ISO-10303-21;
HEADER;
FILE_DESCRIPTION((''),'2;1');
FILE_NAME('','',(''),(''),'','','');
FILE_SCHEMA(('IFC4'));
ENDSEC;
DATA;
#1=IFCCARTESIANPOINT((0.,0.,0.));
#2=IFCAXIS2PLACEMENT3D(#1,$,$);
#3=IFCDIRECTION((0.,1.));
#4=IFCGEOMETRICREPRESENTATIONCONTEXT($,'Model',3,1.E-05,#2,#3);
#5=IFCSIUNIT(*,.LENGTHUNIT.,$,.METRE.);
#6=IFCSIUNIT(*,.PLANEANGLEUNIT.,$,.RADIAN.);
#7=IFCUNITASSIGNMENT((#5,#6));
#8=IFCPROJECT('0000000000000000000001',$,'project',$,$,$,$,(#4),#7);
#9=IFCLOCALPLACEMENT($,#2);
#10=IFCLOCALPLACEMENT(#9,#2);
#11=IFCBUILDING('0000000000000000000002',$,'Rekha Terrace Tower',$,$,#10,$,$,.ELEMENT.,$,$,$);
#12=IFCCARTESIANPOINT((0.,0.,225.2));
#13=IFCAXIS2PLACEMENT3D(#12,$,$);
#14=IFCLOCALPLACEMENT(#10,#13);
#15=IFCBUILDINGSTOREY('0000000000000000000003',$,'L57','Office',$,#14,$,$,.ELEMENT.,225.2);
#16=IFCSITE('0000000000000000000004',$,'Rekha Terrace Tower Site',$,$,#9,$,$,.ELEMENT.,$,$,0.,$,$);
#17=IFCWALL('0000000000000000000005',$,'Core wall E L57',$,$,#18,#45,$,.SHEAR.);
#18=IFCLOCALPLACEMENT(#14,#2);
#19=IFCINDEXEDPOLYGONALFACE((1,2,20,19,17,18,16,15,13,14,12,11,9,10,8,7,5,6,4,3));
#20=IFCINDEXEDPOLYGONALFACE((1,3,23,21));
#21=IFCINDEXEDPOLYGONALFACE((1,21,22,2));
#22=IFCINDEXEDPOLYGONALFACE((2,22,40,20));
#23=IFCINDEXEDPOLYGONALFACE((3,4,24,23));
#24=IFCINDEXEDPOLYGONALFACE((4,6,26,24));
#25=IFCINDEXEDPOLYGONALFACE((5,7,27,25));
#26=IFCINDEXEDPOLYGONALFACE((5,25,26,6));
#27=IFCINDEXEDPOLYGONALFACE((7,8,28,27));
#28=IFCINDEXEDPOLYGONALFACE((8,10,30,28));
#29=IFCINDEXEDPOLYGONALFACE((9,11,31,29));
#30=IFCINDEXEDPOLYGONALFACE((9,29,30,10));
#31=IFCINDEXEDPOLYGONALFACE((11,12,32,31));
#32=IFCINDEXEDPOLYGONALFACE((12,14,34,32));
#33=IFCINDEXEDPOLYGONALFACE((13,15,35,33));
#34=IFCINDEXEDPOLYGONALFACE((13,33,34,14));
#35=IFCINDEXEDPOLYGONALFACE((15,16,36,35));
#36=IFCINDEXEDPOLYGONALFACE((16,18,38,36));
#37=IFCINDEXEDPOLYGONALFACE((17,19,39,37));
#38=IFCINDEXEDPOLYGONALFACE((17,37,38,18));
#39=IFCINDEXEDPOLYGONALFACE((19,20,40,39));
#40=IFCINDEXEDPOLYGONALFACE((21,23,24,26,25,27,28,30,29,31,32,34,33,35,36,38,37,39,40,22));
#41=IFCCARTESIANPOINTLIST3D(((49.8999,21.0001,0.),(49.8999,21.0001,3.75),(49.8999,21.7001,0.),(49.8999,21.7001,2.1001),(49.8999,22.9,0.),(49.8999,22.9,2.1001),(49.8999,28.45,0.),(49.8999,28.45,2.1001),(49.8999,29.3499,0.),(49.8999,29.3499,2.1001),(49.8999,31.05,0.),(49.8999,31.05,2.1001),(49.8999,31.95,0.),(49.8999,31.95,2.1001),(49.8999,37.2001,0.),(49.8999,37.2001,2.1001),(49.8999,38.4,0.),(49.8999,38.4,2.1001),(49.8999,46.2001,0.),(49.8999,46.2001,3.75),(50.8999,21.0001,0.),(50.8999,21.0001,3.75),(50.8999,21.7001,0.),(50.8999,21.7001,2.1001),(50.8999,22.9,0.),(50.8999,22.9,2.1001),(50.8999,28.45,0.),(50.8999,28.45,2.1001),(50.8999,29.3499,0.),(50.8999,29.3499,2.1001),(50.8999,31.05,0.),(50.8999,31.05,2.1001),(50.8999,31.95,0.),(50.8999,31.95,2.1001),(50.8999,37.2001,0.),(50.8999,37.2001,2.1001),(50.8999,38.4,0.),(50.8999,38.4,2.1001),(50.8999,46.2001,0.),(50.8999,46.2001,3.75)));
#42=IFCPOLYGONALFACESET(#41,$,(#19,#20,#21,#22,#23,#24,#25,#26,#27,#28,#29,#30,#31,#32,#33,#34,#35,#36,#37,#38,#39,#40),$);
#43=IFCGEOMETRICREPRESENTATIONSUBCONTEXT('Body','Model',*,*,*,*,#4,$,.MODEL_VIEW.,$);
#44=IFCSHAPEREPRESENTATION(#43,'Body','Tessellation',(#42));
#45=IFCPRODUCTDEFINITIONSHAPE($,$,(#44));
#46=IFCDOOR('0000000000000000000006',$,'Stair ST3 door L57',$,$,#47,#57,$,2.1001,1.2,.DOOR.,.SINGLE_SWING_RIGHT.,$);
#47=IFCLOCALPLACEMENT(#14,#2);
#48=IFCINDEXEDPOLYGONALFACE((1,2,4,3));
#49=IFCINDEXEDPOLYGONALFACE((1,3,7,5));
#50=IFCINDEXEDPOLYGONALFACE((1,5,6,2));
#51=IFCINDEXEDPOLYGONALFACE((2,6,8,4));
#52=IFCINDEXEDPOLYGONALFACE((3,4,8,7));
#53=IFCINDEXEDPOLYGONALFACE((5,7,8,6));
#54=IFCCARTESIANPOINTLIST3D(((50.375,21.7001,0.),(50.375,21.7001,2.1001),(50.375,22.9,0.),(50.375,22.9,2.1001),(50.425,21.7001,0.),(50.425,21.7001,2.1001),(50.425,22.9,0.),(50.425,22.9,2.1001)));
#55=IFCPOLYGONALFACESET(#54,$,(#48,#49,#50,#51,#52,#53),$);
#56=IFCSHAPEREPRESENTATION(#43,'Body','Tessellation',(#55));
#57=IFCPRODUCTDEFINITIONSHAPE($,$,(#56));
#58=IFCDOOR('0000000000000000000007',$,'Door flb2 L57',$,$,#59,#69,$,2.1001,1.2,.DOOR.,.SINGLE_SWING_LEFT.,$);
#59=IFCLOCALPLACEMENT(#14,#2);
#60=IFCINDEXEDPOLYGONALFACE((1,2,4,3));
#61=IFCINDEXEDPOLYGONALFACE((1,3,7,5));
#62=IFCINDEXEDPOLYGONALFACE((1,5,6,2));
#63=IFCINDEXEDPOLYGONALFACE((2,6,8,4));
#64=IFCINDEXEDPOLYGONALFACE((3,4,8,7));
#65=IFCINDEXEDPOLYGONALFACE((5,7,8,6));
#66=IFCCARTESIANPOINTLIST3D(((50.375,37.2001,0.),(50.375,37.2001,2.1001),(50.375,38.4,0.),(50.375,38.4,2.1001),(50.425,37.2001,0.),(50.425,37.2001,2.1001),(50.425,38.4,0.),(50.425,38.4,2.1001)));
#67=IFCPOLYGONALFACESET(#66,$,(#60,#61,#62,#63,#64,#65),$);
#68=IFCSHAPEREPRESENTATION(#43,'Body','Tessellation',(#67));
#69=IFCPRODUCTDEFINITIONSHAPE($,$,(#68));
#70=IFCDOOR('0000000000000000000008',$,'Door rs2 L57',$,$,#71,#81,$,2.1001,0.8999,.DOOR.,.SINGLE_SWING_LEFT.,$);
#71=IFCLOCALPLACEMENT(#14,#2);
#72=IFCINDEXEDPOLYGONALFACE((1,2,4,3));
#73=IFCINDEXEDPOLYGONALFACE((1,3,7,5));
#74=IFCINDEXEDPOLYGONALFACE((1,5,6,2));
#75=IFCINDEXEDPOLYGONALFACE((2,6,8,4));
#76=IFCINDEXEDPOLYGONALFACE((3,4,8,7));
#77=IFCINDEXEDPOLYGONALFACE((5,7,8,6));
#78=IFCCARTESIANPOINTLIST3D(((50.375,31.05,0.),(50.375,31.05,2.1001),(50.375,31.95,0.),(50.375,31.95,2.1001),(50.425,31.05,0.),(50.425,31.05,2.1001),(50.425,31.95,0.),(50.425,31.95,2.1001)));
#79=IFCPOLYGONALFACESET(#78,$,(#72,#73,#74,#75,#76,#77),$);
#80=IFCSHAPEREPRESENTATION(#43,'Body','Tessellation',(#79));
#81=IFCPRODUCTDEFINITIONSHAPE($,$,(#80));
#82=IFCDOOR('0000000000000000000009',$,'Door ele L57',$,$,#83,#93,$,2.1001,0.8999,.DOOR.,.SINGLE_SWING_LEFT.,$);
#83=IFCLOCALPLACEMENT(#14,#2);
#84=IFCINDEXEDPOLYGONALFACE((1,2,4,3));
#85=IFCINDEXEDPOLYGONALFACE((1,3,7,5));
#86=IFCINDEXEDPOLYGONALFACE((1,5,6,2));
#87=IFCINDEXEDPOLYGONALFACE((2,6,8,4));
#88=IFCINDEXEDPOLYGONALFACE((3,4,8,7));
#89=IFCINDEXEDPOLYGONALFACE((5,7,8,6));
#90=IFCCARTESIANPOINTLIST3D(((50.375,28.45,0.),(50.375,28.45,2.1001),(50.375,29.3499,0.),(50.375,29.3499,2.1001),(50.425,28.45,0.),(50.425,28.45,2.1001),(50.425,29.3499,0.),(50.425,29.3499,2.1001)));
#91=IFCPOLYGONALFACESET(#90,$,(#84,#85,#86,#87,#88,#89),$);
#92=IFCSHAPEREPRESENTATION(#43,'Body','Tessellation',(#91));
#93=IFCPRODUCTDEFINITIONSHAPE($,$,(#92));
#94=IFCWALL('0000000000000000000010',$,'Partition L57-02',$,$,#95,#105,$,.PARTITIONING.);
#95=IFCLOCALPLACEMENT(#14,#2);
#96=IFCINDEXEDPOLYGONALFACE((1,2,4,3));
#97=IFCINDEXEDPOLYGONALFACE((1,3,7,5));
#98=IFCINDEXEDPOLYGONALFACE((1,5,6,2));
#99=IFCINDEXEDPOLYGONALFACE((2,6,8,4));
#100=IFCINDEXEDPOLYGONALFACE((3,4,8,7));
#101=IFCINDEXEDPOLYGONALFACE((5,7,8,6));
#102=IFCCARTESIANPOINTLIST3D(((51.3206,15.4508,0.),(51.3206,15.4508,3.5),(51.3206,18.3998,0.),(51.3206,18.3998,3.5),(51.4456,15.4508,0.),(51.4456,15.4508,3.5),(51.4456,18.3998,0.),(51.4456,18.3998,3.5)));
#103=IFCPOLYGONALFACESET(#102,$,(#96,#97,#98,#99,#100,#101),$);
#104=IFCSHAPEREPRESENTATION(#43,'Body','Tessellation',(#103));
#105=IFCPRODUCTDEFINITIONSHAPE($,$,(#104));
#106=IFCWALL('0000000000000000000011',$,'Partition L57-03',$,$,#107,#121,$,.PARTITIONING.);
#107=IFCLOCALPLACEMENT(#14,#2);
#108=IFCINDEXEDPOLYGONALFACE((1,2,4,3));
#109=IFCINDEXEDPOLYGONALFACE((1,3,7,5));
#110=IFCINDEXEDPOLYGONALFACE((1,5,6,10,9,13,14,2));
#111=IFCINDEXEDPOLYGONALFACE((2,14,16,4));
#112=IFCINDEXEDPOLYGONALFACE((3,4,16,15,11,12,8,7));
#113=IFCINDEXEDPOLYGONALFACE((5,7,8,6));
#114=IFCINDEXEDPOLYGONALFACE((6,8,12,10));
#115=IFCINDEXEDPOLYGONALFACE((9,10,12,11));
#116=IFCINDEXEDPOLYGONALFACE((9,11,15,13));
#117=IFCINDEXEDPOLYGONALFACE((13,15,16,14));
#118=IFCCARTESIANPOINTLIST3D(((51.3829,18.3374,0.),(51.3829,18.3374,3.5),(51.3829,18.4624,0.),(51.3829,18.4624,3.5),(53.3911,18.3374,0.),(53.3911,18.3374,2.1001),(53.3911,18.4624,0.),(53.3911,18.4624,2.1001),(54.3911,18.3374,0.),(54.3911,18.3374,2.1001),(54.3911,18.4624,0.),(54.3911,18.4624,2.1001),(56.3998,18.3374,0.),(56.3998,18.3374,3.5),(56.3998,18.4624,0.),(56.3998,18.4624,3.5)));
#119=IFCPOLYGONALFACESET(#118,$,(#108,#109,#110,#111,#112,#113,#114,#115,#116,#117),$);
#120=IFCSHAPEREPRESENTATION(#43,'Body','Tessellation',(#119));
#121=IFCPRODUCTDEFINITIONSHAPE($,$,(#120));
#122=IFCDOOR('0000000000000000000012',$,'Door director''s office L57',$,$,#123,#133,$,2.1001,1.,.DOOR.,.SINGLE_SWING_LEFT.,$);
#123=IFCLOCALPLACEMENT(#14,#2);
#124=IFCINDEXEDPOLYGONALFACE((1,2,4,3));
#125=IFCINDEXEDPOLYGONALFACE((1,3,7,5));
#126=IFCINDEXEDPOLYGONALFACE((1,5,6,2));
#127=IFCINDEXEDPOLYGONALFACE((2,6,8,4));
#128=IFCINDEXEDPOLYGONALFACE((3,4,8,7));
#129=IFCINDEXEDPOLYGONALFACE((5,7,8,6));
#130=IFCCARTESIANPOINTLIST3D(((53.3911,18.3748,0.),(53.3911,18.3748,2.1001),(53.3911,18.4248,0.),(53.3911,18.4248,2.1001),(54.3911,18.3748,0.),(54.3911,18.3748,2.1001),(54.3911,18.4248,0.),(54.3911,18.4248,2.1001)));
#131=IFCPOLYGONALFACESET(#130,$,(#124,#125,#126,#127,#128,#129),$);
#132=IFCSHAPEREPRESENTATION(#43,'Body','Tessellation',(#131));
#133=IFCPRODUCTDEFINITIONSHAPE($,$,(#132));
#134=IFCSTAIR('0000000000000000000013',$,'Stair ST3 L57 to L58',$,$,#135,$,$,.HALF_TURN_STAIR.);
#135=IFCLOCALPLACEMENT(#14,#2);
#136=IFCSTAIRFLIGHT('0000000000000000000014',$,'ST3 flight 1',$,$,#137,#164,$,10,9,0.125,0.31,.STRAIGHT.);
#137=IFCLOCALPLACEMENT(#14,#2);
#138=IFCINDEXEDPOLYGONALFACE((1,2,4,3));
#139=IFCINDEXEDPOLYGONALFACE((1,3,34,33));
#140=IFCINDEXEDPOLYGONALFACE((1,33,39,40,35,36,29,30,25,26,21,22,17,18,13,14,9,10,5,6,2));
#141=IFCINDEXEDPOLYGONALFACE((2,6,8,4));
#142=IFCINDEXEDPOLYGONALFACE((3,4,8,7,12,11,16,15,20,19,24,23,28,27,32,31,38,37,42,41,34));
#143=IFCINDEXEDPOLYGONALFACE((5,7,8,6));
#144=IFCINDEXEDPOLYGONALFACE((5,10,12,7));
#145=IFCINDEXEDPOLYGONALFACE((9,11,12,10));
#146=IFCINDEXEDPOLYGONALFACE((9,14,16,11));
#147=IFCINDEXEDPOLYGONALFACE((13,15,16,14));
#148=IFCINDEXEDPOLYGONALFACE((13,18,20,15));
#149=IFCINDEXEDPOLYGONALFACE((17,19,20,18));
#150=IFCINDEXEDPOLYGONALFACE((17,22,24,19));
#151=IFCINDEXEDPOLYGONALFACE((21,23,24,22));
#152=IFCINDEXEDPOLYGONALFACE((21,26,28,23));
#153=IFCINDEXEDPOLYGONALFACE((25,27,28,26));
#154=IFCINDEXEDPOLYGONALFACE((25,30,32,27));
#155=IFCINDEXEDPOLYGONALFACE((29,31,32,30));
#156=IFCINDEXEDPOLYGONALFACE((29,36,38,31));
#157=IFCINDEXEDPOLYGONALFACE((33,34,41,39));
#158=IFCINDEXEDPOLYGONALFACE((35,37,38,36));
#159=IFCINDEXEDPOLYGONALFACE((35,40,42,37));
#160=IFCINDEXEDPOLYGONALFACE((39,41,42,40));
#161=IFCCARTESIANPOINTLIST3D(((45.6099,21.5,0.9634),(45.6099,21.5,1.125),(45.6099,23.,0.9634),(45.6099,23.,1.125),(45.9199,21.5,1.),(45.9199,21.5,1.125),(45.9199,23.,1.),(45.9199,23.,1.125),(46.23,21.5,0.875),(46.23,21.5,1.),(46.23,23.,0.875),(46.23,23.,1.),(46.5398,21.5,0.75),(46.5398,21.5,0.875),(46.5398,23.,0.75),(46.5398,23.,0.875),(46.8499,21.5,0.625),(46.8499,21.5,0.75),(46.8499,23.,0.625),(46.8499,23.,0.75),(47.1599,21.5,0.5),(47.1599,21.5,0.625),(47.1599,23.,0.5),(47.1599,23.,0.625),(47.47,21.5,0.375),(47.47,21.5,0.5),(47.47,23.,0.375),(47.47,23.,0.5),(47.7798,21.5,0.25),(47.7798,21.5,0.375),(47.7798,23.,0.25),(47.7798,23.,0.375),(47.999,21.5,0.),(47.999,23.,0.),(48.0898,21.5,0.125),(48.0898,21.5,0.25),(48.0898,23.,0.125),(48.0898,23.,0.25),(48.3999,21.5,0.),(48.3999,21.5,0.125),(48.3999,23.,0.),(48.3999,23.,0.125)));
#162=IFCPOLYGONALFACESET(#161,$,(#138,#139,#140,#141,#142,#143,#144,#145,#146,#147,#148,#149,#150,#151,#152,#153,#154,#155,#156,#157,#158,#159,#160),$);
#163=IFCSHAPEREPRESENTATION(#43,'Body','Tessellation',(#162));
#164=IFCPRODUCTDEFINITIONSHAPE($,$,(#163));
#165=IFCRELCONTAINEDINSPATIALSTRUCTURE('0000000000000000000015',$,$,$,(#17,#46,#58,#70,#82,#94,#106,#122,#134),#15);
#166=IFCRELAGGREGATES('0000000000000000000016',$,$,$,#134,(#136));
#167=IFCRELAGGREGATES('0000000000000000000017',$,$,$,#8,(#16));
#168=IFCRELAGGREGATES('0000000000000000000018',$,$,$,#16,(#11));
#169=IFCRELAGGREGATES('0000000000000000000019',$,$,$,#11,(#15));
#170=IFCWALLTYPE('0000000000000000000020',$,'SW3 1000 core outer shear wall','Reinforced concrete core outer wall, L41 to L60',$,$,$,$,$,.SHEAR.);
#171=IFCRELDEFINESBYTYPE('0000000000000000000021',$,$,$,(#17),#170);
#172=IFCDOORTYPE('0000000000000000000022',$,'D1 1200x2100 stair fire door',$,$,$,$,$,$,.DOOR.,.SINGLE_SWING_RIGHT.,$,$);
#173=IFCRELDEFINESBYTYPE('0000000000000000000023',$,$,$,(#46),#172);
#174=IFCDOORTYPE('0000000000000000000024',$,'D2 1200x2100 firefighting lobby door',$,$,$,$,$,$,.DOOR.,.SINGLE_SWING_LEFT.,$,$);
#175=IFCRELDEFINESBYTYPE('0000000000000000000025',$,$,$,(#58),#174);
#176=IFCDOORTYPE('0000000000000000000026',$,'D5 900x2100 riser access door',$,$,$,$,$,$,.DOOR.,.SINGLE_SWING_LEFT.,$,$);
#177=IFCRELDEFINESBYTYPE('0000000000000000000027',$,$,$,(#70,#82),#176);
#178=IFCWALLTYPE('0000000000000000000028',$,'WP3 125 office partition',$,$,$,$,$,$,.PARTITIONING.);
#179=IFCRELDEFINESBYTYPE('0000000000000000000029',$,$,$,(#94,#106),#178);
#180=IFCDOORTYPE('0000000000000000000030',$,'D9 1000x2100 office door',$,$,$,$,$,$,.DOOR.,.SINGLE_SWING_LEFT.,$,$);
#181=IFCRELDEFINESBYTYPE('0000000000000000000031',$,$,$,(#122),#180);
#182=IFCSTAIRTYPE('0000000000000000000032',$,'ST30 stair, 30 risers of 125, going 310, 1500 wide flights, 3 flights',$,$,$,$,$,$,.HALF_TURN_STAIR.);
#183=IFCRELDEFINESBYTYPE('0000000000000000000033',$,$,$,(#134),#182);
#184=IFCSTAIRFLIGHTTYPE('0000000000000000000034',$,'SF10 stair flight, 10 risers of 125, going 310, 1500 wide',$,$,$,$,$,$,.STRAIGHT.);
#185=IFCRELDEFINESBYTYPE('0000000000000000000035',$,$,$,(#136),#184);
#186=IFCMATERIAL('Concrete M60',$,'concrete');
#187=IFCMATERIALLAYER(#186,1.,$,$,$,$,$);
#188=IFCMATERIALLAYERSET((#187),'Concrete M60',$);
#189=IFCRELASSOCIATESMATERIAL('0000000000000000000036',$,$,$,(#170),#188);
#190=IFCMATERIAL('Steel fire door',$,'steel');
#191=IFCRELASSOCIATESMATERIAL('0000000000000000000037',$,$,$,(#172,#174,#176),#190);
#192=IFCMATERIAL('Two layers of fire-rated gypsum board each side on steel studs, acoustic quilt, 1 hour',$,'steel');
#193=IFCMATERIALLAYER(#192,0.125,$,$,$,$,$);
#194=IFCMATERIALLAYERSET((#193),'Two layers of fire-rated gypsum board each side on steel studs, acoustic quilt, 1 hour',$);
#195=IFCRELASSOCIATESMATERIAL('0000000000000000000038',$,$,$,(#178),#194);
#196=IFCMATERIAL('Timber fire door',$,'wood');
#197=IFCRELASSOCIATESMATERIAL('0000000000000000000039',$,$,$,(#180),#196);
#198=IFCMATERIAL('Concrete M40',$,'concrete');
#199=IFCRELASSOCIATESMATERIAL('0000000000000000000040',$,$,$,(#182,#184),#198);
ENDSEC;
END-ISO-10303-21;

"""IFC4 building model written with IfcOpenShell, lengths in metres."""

from ifc_helpers import new_model, si_unit, direction, frame, frame_2d, origin, place, context, subcontext, project, spatial, polyline, rectangle, outline, extrude, material, layer, layer_set, type_object, element, fill, aggregate, save


model = new_model("IFC4")

# Units and contexts
model_context = context("Model", 3, precision=1e-05, world=origin(), true_north=direction((0.0, 1.0)))
body_context = subcontext(model_context, "Body", "Model", "MODEL_VIEW")
ifc_project = project(units=[si_unit("LENGTHUNIT", "METRE"), si_unit("PLANEANGLEUNIT", "RADIAN")], contexts=[model_context])

# Site, building, storey
site_placement = place(None, origin())
site = spatial("IfcSite", under=ifc_project, at=site_placement, Name="Rekha Terrace Tower Site", CompositionType="ELEMENT", RefElevation=0.0)
building_placement = place(site_placement, origin())
building = spatial("IfcBuilding", under=site, at=building_placement, Name="Rekha Terrace Tower", CompositionType="ELEMENT")
storey_placement = place(building_placement, frame((0.0, 0.0, 225.2)))
storey = spatial("IfcBuildingStorey", under=building, at=storey_placement, Name="L57", Description="Office", CompositionType="ELEMENT", Elevation=225.2)

# Shared definitions
ifc_material_1 = material(Name="Concrete M60", Category="concrete")

# Wall, openings, doors
ifc_layer_1 = layer(ifc_material_1, 1.0)
ifc_layer_set_1 = layer_set([ifc_layer_1], Name="Concrete M60")
wall_type_1 = type_object("IfcWallType", Name="SW3 1000 core outer shear wall", Description="Reinforced concrete core outer wall, L41 to L60", PredefinedType="SHEAR", material=ifc_layer_set_1)
wall_1_placement = place(storey_placement, frame((50.3999, 21.0, 0.0), z_axis=(0.0, 0.0, 1.0), x_axis=(0.0, 1.0, 0.0)))
wall_1 = element("IfcWall", 1, at=wall_1_placement, inside=storey, type_object=wall_type_1, Name="Core wall E L57", PredefinedType="SHEAR", context=body_context, shape_type="SweptSolid", body=[
    extrude(rectangle(XDim=25.2, YDim=1.0, at=frame_2d((12.6001, 0.0))), origin(), (0.0, 0.0, 1.0), 3.75),
])
opening_1_placement = place(wall_1_placement, frame((16.2, 0.0, 0.0)))
opening_1 = element("IfcOpeningElement", 2, at=opening_1_placement, cuts=wall_1, PredefinedType="OPENING", context=body_context, shape_type="SweptSolid", body=[
    extrude(rectangle(XDim=1.2, YDim=2.1001, at=frame_2d((0.6001, 1.05))), frame((0.0, 0.51, 0.0), z_axis=(0.0, -1.0, 0.0), x_axis=(1.0, 0.0, 0.0)), (0.0, 0.0, 1.0), 1.02),
])
opening_2_placement = place(wall_1_placement, frame((10.05, 0.0, 0.0)))
opening_2 = element("IfcOpeningElement", 3, at=opening_2_placement, cuts=wall_1, PredefinedType="OPENING", context=body_context, shape_type="SweptSolid", body=[
    extrude(rectangle(XDim=0.8999, YDim=2.1001, at=frame_2d((0.45, 1.05))), frame((0.0, 0.51, 0.0), z_axis=(0.0, -1.0, 0.0), x_axis=(1.0, 0.0, 0.0)), (0.0, 0.0, 1.0), 1.02),
])
opening_3_placement = place(wall_1_placement, frame((7.45, 0.0, 0.0)))
opening_3 = element("IfcOpeningElement", 4, at=opening_3_placement, cuts=wall_1, PredefinedType="OPENING", context=body_context, shape_type="SweptSolid", body=[
    extrude(rectangle(XDim=0.8999, YDim=2.1001, at=frame_2d((0.45, 1.05))), frame((0.0, 0.51, 0.0), z_axis=(0.0, -1.0, 0.0), x_axis=(1.0, 0.0, 0.0)), (0.0, 0.0, 1.0), 1.02),
])
opening_4_placement = place(wall_1_placement, frame((0.7, 0.0, 0.0)))
opening_4 = element("IfcOpeningElement", 5, at=opening_4_placement, cuts=wall_1, PredefinedType="OPENING", context=body_context, shape_type="SweptSolid", body=[
    extrude(rectangle(XDim=1.2, YDim=2.1001, at=frame_2d((0.6001, 1.05))), frame((0.0, 0.51, 0.0), z_axis=(0.0, -1.0, 0.0), x_axis=(1.0, 0.0, 0.0)), (0.0, 0.0, 1.0), 1.02),
])
ifc_material_2 = material(Name="Steel fire door", Category="steel")
door_type_1 = type_object("IfcDoorType", Name="D1 1200x2100 stair fire door", OperationType="SINGLE_SWING_RIGHT", PredefinedType="DOOR", material=ifc_material_2)
door_1_placement = place(opening_4_placement, origin())
door_1 = element("IfcDoor", 6, at=door_1_placement, inside=storey, type_object=door_type_1, Name="Stair ST3 door L57", OperationType="SINGLE_SWING_RIGHT", OverallHeight=2.1001, OverallWidth=1.2, PredefinedType="DOOR", context=body_context, shape_type="SweptSolid", body=[
    extrude(rectangle(XDim=1.2, YDim=2.1001, at=frame_2d((0.6001, 1.05))), frame((0.0, 0.0249, 0.0), z_axis=(0.0, -1.0, 0.0), x_axis=(1.0, 0.0, 0.0)), (0.0, 0.0, 1.0), 0.05),
])
fill(opening_4, door_1)
door_type_2 = type_object("IfcDoorType", Name="D2 1200x2100 firefighting lobby door", OperationType="SINGLE_SWING_LEFT", PredefinedType="DOOR", material=ifc_material_2)
door_2_placement = place(opening_1_placement, origin())
door_2 = element("IfcDoor", 7, at=door_2_placement, inside=storey, type_object=door_type_2, Name="Door flb2 L57", OperationType="SINGLE_SWING_LEFT", OverallHeight=2.1001, OverallWidth=1.2, PredefinedType="DOOR", context=body_context, shape_type="SweptSolid", body=[
    extrude(rectangle(XDim=1.2, YDim=2.1001, at=frame_2d((0.6001, 1.05))), frame((0.0, 0.0249, 0.0), z_axis=(0.0, -1.0, 0.0), x_axis=(1.0, 0.0, 0.0)), (0.0, 0.0, 1.0), 0.05),
])
fill(opening_1, door_2)
door_type_3 = type_object("IfcDoorType", Name="D5 900x2100 riser access door", OperationType="SINGLE_SWING_LEFT", PredefinedType="DOOR", material=ifc_material_2)
door_3_placement = place(opening_2_placement, origin())
door_3 = element("IfcDoor", 8, at=door_3_placement, inside=storey, type_object=door_type_3, Name="Door rs2 L57", OperationType="SINGLE_SWING_LEFT", OverallHeight=2.1001, OverallWidth=0.8999, PredefinedType="DOOR", context=body_context, shape_type="SweptSolid", body=[
    extrude(rectangle(XDim=0.8999, YDim=2.1001, at=frame_2d((0.45, 1.05))), frame((0.0, 0.0249, 0.0), z_axis=(0.0, -1.0, 0.0), x_axis=(1.0, 0.0, 0.0)), (0.0, 0.0, 1.0), 0.05),
])
fill(opening_2, door_3)
door_4_placement = place(opening_3_placement, origin())
door_4 = element("IfcDoor", 9, at=door_4_placement, inside=storey, type_object=door_type_3, Name="Door ele L57", OperationType="SINGLE_SWING_LEFT", OverallHeight=2.1001, OverallWidth=0.8999, PredefinedType="DOOR", context=body_context, shape_type="SweptSolid", body=[
    extrude(rectangle(XDim=0.8999, YDim=2.1001, at=frame_2d((0.45, 1.05))), frame((0.0, 0.0249, 0.0), z_axis=(0.0, -1.0, 0.0), x_axis=(1.0, 0.0, 0.0)), (0.0, 0.0, 1.0), 0.05),
])
fill(opening_3, door_4)

# Wall
ifc_material_3 = material(Name="Two layers of fire-rated gypsum board each side on steel studs, acoustic quilt, 1 hour", Category="steel")
ifc_layer_2 = layer(ifc_material_3, 0.125)
ifc_layer_set_2 = layer_set([ifc_layer_2], Name="Two layers of fire-rated gypsum board each side on steel studs, acoustic quilt, 1 hour")
wall_type_2 = type_object("IfcWallType", Name="WP3 125 office partition", PredefinedType="PARTITIONING", material=ifc_layer_set_2)
wall_2_placement = place(storey_placement, frame((51.3831, 18.3999, 0.0), z_axis=(0.0, 0.0, 1.0), x_axis=(0.0, -1.0, 0.0)))
element("IfcWall", 10, at=wall_2_placement, inside=storey, type_object=wall_type_2, Name="Partition L57-02", PredefinedType="PARTITIONING", context=body_context, shape_type="SweptSolid", body=[
    extrude(rectangle(XDim=2.949, YDim=0.125, at=frame_2d((1.4746, 0.0))), origin(), (0.0, 0.0, 1.0), 3.5),
])

# Wall, opening, door
wall_3_placement = place(storey_placement, frame((51.3831, 18.3999, 0.0), z_axis=(0.0, 0.0, 1.0), x_axis=(1.0, 0.0, 0.0)))
wall_3 = element("IfcWall", 11, at=wall_3_placement, inside=storey, type_object=wall_type_2, Name="Partition L57-03", PredefinedType="PARTITIONING", context=body_context, shape_type="SweptSolid", body=[
    extrude(rectangle(XDim=5.0168, YDim=0.125, at=frame_2d((2.5083, 0.0))), origin(), (0.0, 0.0, 1.0), 3.5),
])
opening_5_placement = place(wall_3_placement, frame((2.0081, 0.0, 0.0)))
opening_5 = element("IfcOpeningElement", 12, at=opening_5_placement, cuts=wall_3, PredefinedType="OPENING", context=body_context, shape_type="SweptSolid", body=[
    extrude(rectangle(XDim=1.0, YDim=2.1001, at=frame_2d((0.5, 1.05))), frame((0.0, 0.0725, 0.0), z_axis=(0.0, -1.0, 0.0), x_axis=(1.0, 0.0, 0.0)), (0.0, 0.0, 1.0), 0.145),
])
ifc_material_4 = material(Name="Timber fire door", Category="wood")
door_type_4 = type_object("IfcDoorType", Name="D9 1000x2100 office door", OperationType="SINGLE_SWING_LEFT", PredefinedType="DOOR", material=ifc_material_4)
door_5_placement = place(opening_5_placement, origin())
door_5 = element("IfcDoor", 13, at=door_5_placement, inside=storey, type_object=door_type_4, Name="Door director's office L57", OperationType="SINGLE_SWING_LEFT", OverallHeight=2.1001, OverallWidth=1.0, PredefinedType="DOOR", context=body_context, shape_type="SweptSolid", body=[
    extrude(rectangle(XDim=1.0, YDim=2.1001, at=frame_2d((0.5, 1.05))), frame((0.0, 0.0249, 0.0), z_axis=(0.0, -1.0, 0.0), x_axis=(1.0, 0.0, 0.0)), (0.0, 0.0, 1.0), 0.05),
])
fill(opening_5, door_5)

# Stair, stair flight
ifc_material_5 = material(Name="Concrete M40", Category="concrete")
stair_type = type_object("IfcStairType", Name="ST30 stair, 30 risers of 125, going 310, 1500 wide flights, 3 flights", PredefinedType="HALF_TURN_STAIR", material=ifc_material_5)
stair_placement = place(storey_placement, origin())
stair = element("IfcStair", 14, at=stair_placement, inside=storey, type_object=stair_type, Name="Stair ST3 L57 to L58", PredefinedType="HALF_TURN_STAIR")
stair_flight_type = type_object("IfcStairFlightType", Name="SF10 stair flight, 10 risers of 125, going 310, 1500 wide", PredefinedType="STRAIGHT", material=ifc_material_5)
stair_flight_1_placement = place(storey_placement, frame((48.3999, 22.25, 0.0), z_axis=(0.0, 0.0, 1.0), x_axis=(-1.0, 0.0, 0.0)))
stair_flight_1 = element("IfcStairFlight", 15, at=stair_flight_1_placement, type_object=stair_flight_type, Name="ST3 flight 1", NumberOfRisers=10, NumberOfTreads=9, PredefinedType="STRAIGHT", RiserHeight=0.125, TreadLength=0.31, context=body_context, shape_type="SweptSolid", body=[
    extrude(outline(polyline([(0.0, 0.0), (0.0, 0.125), (0.3101, 0.125), (0.3101, 0.25), (0.6201, 0.25), (0.6201, 0.375), (0.9299, 0.375), (0.9299, 0.5), (1.24, 0.5), (1.24, 0.625), (1.55, 0.625), (1.55, 0.75), (1.8601, 0.75), (1.8601, 0.875), (2.1699, 0.875), (2.1699, 1.0), (2.48, 1.0), (2.48, 1.125), (2.79, 1.125), (2.79, 1.25), (2.79, 0.9634), (0.4009, 0.0), (0.0, 0.0)])), frame((0.0, 0.75, 0.0), z_axis=(0.0, -1.0, 0.0), x_axis=(1.0, 0.0, 0.0)), (0.0, 0.0, 1.0), 1.5),
])
aggregate(stair, [stair_flight_1])

save(model, "model.ifc")
